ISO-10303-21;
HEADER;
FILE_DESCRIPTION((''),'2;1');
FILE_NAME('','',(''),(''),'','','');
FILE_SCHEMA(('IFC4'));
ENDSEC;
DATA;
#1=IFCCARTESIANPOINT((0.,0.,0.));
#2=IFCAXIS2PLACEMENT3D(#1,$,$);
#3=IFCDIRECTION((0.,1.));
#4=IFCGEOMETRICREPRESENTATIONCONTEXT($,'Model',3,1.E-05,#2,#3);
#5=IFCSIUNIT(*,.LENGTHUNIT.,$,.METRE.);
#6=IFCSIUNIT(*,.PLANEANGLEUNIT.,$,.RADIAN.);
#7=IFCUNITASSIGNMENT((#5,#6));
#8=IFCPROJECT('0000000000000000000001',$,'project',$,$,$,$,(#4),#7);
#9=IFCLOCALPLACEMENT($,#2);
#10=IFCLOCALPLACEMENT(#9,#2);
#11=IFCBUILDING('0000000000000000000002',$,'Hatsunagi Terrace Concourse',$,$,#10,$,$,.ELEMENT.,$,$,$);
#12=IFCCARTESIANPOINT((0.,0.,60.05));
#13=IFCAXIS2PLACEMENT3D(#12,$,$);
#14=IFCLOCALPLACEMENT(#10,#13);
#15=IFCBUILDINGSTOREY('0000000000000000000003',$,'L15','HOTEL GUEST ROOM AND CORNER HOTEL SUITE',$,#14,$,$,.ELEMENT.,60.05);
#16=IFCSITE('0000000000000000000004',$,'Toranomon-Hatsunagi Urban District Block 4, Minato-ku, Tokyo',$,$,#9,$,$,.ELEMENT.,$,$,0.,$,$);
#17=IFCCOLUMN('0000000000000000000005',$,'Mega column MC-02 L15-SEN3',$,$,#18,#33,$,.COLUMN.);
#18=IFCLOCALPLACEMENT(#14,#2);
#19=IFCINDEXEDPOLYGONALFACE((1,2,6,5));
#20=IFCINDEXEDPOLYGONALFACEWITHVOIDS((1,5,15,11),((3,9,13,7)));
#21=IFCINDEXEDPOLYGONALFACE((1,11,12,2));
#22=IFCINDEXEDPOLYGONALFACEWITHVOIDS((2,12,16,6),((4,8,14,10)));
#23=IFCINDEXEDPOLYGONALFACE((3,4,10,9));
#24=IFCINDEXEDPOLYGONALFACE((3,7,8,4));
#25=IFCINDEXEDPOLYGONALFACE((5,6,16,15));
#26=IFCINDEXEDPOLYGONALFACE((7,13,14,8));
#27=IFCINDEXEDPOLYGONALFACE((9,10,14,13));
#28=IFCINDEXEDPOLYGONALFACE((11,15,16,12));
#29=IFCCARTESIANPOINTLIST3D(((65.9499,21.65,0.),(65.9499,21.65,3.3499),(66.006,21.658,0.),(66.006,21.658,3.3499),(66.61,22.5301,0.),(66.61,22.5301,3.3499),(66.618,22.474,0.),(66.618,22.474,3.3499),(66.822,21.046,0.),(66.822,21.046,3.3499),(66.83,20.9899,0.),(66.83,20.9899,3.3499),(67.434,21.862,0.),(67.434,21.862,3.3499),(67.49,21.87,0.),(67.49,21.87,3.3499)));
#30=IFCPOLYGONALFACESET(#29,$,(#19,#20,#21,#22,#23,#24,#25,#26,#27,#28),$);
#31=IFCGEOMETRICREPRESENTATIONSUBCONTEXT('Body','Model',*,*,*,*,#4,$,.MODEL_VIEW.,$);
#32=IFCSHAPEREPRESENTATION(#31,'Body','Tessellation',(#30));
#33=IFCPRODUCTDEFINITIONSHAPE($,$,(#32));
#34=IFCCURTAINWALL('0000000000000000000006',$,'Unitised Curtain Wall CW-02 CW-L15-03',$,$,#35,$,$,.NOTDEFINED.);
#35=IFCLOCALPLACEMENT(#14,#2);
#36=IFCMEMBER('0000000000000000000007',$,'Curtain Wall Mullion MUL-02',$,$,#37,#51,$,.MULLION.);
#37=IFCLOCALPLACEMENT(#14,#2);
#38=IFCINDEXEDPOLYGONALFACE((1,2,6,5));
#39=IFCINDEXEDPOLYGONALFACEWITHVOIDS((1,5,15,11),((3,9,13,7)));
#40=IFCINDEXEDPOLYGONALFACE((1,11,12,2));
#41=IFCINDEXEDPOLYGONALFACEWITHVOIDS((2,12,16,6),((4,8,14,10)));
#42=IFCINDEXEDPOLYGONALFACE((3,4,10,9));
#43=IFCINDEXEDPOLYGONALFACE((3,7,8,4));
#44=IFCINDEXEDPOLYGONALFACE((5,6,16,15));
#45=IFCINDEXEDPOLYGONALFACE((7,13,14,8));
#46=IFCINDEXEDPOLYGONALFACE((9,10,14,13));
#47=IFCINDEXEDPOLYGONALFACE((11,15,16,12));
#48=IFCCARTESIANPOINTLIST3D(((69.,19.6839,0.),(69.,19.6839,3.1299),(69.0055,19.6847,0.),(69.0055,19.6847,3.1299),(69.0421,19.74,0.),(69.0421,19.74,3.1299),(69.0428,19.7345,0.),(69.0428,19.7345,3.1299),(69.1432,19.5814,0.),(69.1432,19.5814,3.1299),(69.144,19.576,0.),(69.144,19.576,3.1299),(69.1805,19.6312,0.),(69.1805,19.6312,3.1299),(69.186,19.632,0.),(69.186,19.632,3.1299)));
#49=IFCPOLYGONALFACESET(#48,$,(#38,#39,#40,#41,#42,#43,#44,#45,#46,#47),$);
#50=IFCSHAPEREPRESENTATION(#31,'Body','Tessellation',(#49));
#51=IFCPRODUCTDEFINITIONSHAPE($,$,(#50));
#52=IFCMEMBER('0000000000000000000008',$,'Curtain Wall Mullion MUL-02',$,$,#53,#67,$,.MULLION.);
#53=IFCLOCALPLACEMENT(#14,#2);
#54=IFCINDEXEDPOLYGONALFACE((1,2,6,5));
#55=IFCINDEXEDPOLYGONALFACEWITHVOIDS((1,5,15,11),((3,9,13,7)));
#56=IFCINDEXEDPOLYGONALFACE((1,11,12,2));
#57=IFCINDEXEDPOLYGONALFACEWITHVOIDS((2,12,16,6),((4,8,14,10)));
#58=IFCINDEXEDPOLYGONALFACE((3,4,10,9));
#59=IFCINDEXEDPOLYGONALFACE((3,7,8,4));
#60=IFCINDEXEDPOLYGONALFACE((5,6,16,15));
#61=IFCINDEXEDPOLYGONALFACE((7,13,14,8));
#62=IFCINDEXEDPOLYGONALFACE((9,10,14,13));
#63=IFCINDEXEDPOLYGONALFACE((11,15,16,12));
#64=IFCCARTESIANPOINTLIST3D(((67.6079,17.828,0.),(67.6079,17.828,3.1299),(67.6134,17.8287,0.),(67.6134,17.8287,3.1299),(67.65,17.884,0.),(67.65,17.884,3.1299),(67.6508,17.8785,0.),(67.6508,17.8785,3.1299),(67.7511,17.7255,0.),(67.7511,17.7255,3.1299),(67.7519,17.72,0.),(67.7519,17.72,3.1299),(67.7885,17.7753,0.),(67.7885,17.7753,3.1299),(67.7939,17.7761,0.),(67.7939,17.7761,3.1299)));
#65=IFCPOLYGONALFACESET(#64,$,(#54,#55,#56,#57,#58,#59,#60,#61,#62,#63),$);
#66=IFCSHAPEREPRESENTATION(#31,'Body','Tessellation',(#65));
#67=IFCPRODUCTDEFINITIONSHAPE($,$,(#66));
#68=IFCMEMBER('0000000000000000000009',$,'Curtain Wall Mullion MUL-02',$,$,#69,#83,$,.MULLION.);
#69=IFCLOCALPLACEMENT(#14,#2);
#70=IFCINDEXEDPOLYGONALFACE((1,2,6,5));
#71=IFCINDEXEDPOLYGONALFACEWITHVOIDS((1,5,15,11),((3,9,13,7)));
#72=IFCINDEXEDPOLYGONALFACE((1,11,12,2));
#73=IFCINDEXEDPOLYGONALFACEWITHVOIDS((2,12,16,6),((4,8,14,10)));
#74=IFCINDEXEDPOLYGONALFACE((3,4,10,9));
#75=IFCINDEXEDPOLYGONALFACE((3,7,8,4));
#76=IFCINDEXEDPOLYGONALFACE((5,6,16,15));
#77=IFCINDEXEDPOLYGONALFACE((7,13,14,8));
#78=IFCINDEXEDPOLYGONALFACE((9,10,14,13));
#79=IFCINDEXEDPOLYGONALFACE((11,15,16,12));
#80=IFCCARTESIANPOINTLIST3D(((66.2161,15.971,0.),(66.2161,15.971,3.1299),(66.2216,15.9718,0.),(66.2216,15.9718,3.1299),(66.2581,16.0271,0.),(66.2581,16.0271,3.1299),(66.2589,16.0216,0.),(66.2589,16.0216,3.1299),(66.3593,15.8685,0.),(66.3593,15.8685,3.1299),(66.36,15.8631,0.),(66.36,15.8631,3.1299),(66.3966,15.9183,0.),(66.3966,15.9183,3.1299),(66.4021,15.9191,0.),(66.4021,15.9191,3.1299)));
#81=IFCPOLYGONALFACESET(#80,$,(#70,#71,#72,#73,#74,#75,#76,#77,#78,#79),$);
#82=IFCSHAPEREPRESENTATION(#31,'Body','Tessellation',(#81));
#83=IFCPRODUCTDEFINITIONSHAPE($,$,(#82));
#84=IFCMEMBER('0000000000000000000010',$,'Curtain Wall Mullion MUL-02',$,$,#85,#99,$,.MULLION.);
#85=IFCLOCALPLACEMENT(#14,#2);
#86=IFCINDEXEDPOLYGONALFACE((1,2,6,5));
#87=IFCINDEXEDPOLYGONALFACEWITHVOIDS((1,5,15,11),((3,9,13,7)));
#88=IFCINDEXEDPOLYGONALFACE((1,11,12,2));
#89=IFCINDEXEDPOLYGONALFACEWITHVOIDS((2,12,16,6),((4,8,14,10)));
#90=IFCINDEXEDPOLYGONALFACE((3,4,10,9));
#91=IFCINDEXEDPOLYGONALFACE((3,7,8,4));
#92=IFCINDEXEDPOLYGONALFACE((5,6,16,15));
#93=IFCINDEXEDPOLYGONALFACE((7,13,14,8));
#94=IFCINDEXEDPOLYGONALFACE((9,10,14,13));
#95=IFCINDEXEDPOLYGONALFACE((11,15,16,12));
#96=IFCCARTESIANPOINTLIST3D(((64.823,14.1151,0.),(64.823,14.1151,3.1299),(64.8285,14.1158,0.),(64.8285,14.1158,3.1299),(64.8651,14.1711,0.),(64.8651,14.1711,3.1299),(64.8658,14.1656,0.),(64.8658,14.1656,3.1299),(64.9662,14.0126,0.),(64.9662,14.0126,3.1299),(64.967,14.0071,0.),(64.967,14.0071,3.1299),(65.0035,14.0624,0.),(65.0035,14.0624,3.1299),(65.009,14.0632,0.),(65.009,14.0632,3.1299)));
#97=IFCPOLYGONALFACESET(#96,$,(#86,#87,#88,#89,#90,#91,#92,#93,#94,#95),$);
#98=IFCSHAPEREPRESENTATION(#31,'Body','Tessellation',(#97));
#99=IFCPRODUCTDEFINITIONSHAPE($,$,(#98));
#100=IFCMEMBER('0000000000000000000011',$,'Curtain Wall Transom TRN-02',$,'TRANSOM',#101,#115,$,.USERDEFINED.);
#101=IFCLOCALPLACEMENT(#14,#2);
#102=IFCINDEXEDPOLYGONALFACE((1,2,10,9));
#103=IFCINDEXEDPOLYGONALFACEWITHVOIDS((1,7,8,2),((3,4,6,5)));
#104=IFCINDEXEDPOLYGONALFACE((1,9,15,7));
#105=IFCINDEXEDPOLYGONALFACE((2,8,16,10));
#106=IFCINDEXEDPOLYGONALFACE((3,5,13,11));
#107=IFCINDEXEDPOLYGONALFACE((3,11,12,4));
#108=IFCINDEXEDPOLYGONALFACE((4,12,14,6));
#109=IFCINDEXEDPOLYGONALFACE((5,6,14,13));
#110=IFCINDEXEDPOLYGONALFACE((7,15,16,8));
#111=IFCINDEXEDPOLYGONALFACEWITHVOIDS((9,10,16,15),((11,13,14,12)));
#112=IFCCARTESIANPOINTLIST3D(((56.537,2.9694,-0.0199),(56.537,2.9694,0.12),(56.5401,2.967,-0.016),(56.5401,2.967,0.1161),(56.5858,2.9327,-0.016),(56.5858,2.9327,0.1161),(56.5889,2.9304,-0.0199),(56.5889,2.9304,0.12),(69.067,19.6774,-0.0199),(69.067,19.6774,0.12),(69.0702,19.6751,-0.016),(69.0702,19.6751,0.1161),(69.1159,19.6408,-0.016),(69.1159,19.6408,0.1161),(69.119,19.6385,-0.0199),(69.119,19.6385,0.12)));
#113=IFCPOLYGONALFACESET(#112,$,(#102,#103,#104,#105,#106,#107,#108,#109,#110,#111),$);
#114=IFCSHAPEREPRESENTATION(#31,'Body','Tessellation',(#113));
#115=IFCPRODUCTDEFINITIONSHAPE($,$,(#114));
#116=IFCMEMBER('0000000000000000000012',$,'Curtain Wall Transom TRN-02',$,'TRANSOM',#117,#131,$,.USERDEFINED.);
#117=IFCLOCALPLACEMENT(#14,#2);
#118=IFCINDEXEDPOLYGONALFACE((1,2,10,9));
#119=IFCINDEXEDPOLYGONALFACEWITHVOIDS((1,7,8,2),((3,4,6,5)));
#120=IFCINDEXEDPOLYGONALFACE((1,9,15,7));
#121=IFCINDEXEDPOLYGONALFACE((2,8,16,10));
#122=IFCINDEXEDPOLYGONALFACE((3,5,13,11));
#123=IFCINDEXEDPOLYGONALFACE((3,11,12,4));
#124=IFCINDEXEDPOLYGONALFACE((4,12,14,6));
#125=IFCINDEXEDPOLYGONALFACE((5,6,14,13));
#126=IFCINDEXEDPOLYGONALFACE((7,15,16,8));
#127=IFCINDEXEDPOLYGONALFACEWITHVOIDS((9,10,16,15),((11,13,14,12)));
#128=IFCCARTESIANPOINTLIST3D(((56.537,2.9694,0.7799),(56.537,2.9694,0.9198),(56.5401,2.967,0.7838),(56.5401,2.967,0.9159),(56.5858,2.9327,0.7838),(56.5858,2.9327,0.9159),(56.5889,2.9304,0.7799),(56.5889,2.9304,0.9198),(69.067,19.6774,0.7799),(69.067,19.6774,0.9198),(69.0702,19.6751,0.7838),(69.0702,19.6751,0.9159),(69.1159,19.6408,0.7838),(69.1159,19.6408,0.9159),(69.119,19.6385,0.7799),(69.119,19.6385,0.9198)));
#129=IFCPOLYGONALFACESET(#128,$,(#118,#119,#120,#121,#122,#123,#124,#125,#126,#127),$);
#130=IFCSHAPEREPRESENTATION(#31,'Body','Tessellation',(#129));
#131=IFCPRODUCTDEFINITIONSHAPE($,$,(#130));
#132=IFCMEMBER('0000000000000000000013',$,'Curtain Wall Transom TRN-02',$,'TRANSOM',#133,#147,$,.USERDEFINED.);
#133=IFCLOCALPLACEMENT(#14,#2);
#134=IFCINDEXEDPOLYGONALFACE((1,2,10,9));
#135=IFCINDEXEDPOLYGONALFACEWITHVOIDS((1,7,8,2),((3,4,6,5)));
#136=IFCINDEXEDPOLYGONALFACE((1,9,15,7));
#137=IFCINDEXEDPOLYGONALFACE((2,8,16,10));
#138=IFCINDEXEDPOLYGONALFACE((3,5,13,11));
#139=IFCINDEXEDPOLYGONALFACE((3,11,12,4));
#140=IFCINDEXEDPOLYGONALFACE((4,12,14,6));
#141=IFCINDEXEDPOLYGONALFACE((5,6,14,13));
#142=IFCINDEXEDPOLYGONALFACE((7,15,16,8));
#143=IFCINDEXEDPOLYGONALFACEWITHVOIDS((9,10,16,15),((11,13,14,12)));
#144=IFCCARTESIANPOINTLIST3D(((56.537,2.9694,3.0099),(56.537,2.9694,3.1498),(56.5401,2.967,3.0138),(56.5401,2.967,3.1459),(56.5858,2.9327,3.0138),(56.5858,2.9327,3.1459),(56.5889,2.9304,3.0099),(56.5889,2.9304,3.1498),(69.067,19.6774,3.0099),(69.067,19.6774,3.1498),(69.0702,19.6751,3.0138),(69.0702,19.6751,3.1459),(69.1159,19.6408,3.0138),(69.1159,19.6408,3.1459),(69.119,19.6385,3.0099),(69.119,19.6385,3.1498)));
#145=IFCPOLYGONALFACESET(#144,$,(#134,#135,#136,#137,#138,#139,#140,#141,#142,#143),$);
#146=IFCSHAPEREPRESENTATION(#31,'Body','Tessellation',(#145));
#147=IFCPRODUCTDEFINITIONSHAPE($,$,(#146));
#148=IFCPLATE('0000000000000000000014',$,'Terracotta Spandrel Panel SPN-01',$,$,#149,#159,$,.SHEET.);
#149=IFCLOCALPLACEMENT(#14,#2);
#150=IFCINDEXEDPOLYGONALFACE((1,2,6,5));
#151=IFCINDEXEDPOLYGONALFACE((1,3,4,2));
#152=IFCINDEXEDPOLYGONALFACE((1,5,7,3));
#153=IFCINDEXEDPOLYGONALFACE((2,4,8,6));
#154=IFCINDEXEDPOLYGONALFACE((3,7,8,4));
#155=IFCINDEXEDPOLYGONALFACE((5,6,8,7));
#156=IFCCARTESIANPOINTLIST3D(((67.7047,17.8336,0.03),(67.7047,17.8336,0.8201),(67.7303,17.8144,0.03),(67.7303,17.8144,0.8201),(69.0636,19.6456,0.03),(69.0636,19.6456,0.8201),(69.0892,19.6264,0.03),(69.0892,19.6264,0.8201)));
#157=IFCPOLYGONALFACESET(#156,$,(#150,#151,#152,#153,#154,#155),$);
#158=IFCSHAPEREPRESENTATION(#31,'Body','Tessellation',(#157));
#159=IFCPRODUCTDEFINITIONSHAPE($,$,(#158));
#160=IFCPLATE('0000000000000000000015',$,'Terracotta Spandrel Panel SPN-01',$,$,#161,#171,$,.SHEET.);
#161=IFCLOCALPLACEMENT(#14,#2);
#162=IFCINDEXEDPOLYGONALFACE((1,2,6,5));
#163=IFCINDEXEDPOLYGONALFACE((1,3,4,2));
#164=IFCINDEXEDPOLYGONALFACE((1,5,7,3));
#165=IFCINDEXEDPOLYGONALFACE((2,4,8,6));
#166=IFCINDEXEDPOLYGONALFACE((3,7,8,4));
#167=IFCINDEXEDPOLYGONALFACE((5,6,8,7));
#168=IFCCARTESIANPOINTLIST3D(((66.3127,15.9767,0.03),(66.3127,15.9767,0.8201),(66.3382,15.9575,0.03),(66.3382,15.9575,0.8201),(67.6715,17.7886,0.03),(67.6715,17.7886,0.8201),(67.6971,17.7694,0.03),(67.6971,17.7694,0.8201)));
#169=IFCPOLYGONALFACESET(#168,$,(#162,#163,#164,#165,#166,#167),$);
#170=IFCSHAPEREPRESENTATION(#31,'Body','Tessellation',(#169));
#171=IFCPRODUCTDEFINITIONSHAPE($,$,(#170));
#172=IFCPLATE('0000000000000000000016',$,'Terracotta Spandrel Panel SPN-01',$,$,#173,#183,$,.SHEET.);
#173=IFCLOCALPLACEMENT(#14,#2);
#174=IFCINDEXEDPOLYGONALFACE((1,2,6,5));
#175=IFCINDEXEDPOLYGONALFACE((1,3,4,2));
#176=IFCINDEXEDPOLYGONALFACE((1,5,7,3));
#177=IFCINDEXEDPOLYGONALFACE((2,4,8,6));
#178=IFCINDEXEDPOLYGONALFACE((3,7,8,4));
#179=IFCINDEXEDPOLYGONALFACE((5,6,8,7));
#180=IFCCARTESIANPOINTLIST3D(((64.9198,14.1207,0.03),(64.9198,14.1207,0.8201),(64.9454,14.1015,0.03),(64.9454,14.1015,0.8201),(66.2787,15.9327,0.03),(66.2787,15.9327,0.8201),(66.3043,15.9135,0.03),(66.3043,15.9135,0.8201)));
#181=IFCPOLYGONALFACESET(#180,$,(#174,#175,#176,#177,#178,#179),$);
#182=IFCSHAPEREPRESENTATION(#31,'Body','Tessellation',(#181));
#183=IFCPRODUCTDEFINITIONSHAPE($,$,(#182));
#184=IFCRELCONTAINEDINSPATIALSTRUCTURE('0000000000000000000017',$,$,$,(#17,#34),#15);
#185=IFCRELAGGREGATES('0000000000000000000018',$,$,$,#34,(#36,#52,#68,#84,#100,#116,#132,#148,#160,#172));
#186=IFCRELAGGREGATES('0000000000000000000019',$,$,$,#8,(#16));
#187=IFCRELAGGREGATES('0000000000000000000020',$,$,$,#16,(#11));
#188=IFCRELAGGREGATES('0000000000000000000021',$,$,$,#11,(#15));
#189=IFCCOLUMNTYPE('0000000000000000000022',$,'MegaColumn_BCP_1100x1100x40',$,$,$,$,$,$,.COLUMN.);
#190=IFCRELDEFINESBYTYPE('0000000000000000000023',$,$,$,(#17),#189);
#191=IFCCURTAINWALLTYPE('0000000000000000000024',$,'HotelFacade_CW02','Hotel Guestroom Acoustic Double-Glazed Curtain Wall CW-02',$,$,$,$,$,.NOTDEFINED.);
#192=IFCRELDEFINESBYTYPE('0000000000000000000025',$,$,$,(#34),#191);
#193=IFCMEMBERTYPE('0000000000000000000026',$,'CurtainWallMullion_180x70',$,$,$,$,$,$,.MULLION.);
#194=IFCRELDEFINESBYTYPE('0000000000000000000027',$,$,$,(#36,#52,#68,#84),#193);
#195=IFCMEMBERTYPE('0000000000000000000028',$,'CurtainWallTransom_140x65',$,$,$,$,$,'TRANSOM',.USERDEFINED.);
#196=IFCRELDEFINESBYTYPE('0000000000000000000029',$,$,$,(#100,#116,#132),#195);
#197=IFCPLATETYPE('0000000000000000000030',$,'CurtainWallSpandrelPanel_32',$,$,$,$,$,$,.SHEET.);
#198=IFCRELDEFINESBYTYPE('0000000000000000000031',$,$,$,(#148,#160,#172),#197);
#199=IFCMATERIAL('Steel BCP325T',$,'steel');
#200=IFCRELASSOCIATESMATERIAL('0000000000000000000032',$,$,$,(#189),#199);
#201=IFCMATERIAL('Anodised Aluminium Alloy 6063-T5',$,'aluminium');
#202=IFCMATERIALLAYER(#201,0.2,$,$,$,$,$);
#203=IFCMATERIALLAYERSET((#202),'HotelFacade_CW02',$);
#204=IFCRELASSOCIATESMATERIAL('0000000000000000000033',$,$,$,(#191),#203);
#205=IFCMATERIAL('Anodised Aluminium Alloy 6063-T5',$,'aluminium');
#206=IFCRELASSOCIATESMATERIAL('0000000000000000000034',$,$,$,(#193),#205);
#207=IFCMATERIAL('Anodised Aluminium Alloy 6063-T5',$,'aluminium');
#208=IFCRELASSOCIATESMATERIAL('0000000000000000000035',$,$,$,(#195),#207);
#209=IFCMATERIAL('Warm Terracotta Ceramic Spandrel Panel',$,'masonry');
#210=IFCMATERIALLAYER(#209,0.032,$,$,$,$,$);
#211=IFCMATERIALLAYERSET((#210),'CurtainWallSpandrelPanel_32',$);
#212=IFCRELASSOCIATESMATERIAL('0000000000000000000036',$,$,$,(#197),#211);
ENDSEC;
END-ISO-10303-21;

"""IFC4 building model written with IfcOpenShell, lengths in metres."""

from ifc_helpers import new_model, si_unit, direction, frame, origin, origin_2d, place, context, subcontext, project, spatial, rectangle, hollow_rectangle, extrude, material, layer, layer_set, material_profile, profile_set, type_object, element, aggregate, save


model = new_model("IFC4")

# Units and contexts
model_context = context("Model", 3, precision=1e-05, world=origin(), true_north=direction((0.0, 1.0)))
body_context = subcontext(model_context, "Body", "Model", "MODEL_VIEW")
ifc_project = project(units=[si_unit("LENGTHUNIT", "METRE"), si_unit("PLANEANGLEUNIT", "RADIAN")], contexts=[model_context])

# Site, building, storey
site_placement = place(None, origin())
site = spatial("IfcSite", under=ifc_project, at=site_placement, Name="Toranomon-Hatsunagi Urban District Block 4, Minato-ku, Tokyo", CompositionType="ELEMENT", RefElevation=0.0)
building_placement = place(site_placement, origin())
building = spatial("IfcBuilding", under=site, at=building_placement, Name="Hatsunagi Terrace Concourse", CompositionType="ELEMENT")
storey_placement = place(building_placement, frame((0.0, 0.0, 60.05)))
storey = spatial("IfcBuildingStorey", under=building, at=storey_placement, Name="L15", Description="HOTEL GUEST ROOM AND CORNER HOTEL SUITE", CompositionType="ELEMENT", Elevation=60.05)

# Column
ifc_material_1 = material(Name="Steel BCP325T", Category="steel")
ifc_material_profile_1 = material_profile(ifc_material_1, hollow_rectangle(XDim=1.1001, YDim=1.1001, WallThickness=0.04, at=origin_2d()), Name="BCP-1100x1100x40")
ifc_profile_set_1 = profile_set([ifc_material_profile_1], Name="Steel BCP325T")
column_type = type_object("IfcColumnType", Name="MegaColumn_BCP_1100x1100x40", PredefinedType="COLUMN", material=ifc_profile_set_1)
column_placement = place(storey_placement, frame((66.72, 21.76, 0.0), z_axis=(0.0, 0.0, 1.0), x_axis=(0.8, -0.6, 0.0)))
element("IfcColumn", 1, at=column_placement, inside=storey, type_object=column_type, Name="Mega column MC-02 L15-SEN3", PredefinedType="COLUMN", context=body_context, shape_type="SweptSolid", body=[
    extrude(hollow_rectangle(XDim=1.1001, YDim=1.1001, WallThickness=0.04, at=origin_2d()), origin(), (0.0, 0.0, 1.0), 3.3499),
])

# Curtain wall, members, plates
ifc_material_2 = material(Name="Anodised Aluminium Alloy 6063-T5", Category="aluminium")
ifc_layer_1 = layer(ifc_material_2, 0.2)
ifc_layer_set_1 = layer_set([ifc_layer_1], Name="HotelFacade_CW02")
curtain_wall_type = type_object("IfcCurtainWallType", Name="HotelFacade_CW02", Description="Hotel Guestroom Acoustic Double-Glazed Curtain Wall CW-02", PredefinedType="NOTDEFINED", material=ifc_layer_set_1)
curtain_wall_placement = place(storey_placement, origin())
curtain_wall = element("IfcCurtainWall", 2, at=curtain_wall_placement, inside=storey, type_object=curtain_wall_type, Name="Unitised Curtain Wall CW-02 CW-L15-03", PredefinedType="NOTDEFINED")
ifc_material_3 = material(Name="Anodised Aluminium Alloy 6063-T5", Category="aluminium")
ifc_material_profile_2 = material_profile(ifc_material_3, hollow_rectangle(XDim=0.0701, YDim=0.1799, WallThickness=0.0039, at=origin_2d()), Name="ALU-MUL-180x70x4")
ifc_profile_set_2 = profile_set([ifc_material_profile_2], Name="Anodised Aluminium Alloy 6063-T5")
member_type_1 = type_object("IfcMemberType", Name="CurtainWallMullion_180x70", PredefinedType="MULLION", material=ifc_profile_set_2)
member_1_placement = place(storey_placement, frame((69.093, 19.658, 0.0), z_axis=(0.0, 0.0, 1.0), x_axis=(-0.599969, -0.800023, 0.0)))
member_1 = element("IfcMember", 3, at=member_1_placement, type_object=member_type_1, Name="Curtain Wall Mullion MUL-02", PredefinedType="MULLION", context=body_context, shape_type="SweptSolid", body=[
    extrude(hollow_rectangle(XDim=0.0701, YDim=0.1799, WallThickness=0.0039, at=origin_2d()), origin(), (0.0, 0.0, 1.0), 3.1299),
])
member_2_placement = place(storey_placement, frame((67.7009, 17.802, 0.0), z_axis=(0.0, 0.0, 1.0), x_axis=(-0.599969, -0.800023, 0.0)))
member_2 = element("IfcMember", 4, at=member_2_placement, type_object=member_type_1, Name="Curtain Wall Mullion MUL-02", PredefinedType="MULLION", context=body_context, shape_type="SweptSolid", body=[
    extrude(hollow_rectangle(XDim=0.0701, YDim=0.1799, WallThickness=0.0039, at=origin_2d()), origin(), (0.0, 0.0, 1.0), 3.1299),
])
member_3_placement = place(storey_placement, frame((66.3091, 15.9451, 0.0), z_axis=(0.0, 0.0, 1.0), x_axis=(-0.599969, -0.800023, 0.0)))
member_3 = element("IfcMember", 5, at=member_3_placement, type_object=member_type_1, Name="Curtain Wall Mullion MUL-02", PredefinedType="MULLION", context=body_context, shape_type="SweptSolid", body=[
    extrude(hollow_rectangle(XDim=0.0701, YDim=0.1799, WallThickness=0.0039, at=origin_2d()), origin(), (0.0, 0.0, 1.0), 3.1299),
])
member_4_placement = place(storey_placement, frame((64.916, 14.0891, 0.0), z_axis=(0.0, 0.0, 1.0), x_axis=(-0.599969, -0.800023, 0.0)))
member_4 = element("IfcMember", 6, at=member_4_placement, type_object=member_type_1, Name="Curtain Wall Mullion MUL-02", PredefinedType="MULLION", context=body_context, shape_type="SweptSolid", body=[
    extrude(hollow_rectangle(XDim=0.0701, YDim=0.1799, WallThickness=0.0039, at=origin_2d()), origin(), (0.0, 0.0, 1.0), 3.1299),
])
ifc_material_4 = material(Name="Anodised Aluminium Alloy 6063-T5", Category="aluminium")
ifc_material_profile_3 = material_profile(ifc_material_4, hollow_rectangle(XDim=0.0649, YDim=0.1399, WallThickness=0.0039, at=origin_2d()), Name="ALU-TRN-140x65x4")
ifc_profile_set_3 = profile_set([ifc_material_profile_3], Name="Anodised Aluminium Alloy 6063-T5")
member_type_2 = type_object("IfcMemberType", Name="CurtainWallTransom_140x65", ElementType="TRANSOM", PredefinedType="USERDEFINED", material=ifc_profile_set_3)
member_5_placement = place(storey_placement, frame((69.093, 19.658, 0.05), z_axis=(-0.59997, -0.800022, 0.0), x_axis=(0.800022, -0.59997, 0.0)))
member_5 = element("IfcMember", 7, at=member_5_placement, type_object=member_type_2, Name="Curtain Wall Transom TRN-02", ObjectType="TRANSOM", PredefinedType="USERDEFINED", context=body_context, shape_type="SweptSolid", body=[
    extrude(hollow_rectangle(XDim=0.0649, YDim=0.1399, WallThickness=0.0039, at=origin_2d()), origin(), (0.0, 0.0, 1.0), 20.8845),
])
member_6_placement = place(storey_placement, frame((69.093, 19.658, 0.8499), z_axis=(-0.59997, -0.800022, 0.0), x_axis=(0.800022, -0.59997, 0.0)))
member_6 = element("IfcMember", 8, at=member_6_placement, type_object=member_type_2, Name="Curtain Wall Transom TRN-02", ObjectType="TRANSOM", PredefinedType="USERDEFINED", context=body_context, shape_type="SweptSolid", body=[
    extrude(hollow_rectangle(XDim=0.0649, YDim=0.1399, WallThickness=0.0039, at=origin_2d()), origin(), (0.0, 0.0, 1.0), 20.8845),
])
member_7_placement = place(storey_placement, frame((69.093, 19.658, 3.0798), z_axis=(-0.59997, -0.800022, 0.0), x_axis=(0.800022, -0.59997, 0.0)))
member_7 = element("IfcMember", 9, at=member_7_placement, type_object=member_type_2, Name="Curtain Wall Transom TRN-02", ObjectType="TRANSOM", PredefinedType="USERDEFINED", context=body_context, shape_type="SweptSolid", body=[
    extrude(hollow_rectangle(XDim=0.0649, YDim=0.1399, WallThickness=0.0039, at=origin_2d()), origin(), (0.0, 0.0, 1.0), 20.8845),
])
ifc_material_5 = material(Name="Warm Terracotta Ceramic Spandrel Panel", Category="masonry")
ifc_layer_2 = layer(ifc_material_5, 0.032)
ifc_layer_set_2 = layer_set([ifc_layer_2], Name="CurtainWallSpandrelPanel_32")
plate_type_1 = type_object("IfcPlateType", Name="CurtainWallSpandrelPanel_32", PredefinedType="SHEET", material=ifc_layer_set_2)
plate_1_placement = place(storey_placement, frame((68.397, 18.73, 0.03), z_axis=(0.0, 0.0, 1.0), x_axis=(-0.599969, -0.800023, 0.0)))
plate_1 = element("IfcPlate", 10, at=plate_1_placement, type_object=plate_type_1, Name="Terracotta Spandrel Panel SPN-01", PredefinedType="SHEET", context=body_context, shape_type="SweptSolid", body=[
    extrude(rectangle(XDim=2.2649, YDim=0.032, at=origin_2d()), origin(), (0.0, 0.0, 1.0), 0.79),
])
plate_2_placement = place(storey_placement, frame((67.0049, 16.873, 0.03), z_axis=(0.0, 0.0, 1.0), x_axis=(-0.599969, -0.800023, 0.0)))
plate_2 = element("IfcPlate", 11, at=plate_2_placement, type_object=plate_type_1, Name="Terracotta Spandrel Panel SPN-01", PredefinedType="SHEET", context=body_context, shape_type="SweptSolid", body=[
    extrude(rectangle(XDim=2.2649, YDim=0.032, at=origin_2d()), origin(), (0.0, 0.0, 1.0), 0.79),
])
plate_3_placement = place(storey_placement, frame((65.6121, 15.0171, 0.03), z_axis=(0.0, 0.0, 1.0), x_axis=(-0.599969, -0.800023, 0.0)))
plate_3 = element("IfcPlate", 12, at=plate_3_placement, type_object=plate_type_1, Name="Terracotta Spandrel Panel SPN-01", PredefinedType="SHEET", context=body_context, shape_type="SweptSolid", body=[
    extrude(rectangle(XDim=2.2649, YDim=0.032, at=origin_2d()), origin(), (0.0, 0.0, 1.0), 0.79),
])
aggregate(curtain_wall, [member_1, member_2, member_3, member_4, member_5, member_6, member_7, plate_1, plate_2, plate_3])

save(model, "model.ifc")
